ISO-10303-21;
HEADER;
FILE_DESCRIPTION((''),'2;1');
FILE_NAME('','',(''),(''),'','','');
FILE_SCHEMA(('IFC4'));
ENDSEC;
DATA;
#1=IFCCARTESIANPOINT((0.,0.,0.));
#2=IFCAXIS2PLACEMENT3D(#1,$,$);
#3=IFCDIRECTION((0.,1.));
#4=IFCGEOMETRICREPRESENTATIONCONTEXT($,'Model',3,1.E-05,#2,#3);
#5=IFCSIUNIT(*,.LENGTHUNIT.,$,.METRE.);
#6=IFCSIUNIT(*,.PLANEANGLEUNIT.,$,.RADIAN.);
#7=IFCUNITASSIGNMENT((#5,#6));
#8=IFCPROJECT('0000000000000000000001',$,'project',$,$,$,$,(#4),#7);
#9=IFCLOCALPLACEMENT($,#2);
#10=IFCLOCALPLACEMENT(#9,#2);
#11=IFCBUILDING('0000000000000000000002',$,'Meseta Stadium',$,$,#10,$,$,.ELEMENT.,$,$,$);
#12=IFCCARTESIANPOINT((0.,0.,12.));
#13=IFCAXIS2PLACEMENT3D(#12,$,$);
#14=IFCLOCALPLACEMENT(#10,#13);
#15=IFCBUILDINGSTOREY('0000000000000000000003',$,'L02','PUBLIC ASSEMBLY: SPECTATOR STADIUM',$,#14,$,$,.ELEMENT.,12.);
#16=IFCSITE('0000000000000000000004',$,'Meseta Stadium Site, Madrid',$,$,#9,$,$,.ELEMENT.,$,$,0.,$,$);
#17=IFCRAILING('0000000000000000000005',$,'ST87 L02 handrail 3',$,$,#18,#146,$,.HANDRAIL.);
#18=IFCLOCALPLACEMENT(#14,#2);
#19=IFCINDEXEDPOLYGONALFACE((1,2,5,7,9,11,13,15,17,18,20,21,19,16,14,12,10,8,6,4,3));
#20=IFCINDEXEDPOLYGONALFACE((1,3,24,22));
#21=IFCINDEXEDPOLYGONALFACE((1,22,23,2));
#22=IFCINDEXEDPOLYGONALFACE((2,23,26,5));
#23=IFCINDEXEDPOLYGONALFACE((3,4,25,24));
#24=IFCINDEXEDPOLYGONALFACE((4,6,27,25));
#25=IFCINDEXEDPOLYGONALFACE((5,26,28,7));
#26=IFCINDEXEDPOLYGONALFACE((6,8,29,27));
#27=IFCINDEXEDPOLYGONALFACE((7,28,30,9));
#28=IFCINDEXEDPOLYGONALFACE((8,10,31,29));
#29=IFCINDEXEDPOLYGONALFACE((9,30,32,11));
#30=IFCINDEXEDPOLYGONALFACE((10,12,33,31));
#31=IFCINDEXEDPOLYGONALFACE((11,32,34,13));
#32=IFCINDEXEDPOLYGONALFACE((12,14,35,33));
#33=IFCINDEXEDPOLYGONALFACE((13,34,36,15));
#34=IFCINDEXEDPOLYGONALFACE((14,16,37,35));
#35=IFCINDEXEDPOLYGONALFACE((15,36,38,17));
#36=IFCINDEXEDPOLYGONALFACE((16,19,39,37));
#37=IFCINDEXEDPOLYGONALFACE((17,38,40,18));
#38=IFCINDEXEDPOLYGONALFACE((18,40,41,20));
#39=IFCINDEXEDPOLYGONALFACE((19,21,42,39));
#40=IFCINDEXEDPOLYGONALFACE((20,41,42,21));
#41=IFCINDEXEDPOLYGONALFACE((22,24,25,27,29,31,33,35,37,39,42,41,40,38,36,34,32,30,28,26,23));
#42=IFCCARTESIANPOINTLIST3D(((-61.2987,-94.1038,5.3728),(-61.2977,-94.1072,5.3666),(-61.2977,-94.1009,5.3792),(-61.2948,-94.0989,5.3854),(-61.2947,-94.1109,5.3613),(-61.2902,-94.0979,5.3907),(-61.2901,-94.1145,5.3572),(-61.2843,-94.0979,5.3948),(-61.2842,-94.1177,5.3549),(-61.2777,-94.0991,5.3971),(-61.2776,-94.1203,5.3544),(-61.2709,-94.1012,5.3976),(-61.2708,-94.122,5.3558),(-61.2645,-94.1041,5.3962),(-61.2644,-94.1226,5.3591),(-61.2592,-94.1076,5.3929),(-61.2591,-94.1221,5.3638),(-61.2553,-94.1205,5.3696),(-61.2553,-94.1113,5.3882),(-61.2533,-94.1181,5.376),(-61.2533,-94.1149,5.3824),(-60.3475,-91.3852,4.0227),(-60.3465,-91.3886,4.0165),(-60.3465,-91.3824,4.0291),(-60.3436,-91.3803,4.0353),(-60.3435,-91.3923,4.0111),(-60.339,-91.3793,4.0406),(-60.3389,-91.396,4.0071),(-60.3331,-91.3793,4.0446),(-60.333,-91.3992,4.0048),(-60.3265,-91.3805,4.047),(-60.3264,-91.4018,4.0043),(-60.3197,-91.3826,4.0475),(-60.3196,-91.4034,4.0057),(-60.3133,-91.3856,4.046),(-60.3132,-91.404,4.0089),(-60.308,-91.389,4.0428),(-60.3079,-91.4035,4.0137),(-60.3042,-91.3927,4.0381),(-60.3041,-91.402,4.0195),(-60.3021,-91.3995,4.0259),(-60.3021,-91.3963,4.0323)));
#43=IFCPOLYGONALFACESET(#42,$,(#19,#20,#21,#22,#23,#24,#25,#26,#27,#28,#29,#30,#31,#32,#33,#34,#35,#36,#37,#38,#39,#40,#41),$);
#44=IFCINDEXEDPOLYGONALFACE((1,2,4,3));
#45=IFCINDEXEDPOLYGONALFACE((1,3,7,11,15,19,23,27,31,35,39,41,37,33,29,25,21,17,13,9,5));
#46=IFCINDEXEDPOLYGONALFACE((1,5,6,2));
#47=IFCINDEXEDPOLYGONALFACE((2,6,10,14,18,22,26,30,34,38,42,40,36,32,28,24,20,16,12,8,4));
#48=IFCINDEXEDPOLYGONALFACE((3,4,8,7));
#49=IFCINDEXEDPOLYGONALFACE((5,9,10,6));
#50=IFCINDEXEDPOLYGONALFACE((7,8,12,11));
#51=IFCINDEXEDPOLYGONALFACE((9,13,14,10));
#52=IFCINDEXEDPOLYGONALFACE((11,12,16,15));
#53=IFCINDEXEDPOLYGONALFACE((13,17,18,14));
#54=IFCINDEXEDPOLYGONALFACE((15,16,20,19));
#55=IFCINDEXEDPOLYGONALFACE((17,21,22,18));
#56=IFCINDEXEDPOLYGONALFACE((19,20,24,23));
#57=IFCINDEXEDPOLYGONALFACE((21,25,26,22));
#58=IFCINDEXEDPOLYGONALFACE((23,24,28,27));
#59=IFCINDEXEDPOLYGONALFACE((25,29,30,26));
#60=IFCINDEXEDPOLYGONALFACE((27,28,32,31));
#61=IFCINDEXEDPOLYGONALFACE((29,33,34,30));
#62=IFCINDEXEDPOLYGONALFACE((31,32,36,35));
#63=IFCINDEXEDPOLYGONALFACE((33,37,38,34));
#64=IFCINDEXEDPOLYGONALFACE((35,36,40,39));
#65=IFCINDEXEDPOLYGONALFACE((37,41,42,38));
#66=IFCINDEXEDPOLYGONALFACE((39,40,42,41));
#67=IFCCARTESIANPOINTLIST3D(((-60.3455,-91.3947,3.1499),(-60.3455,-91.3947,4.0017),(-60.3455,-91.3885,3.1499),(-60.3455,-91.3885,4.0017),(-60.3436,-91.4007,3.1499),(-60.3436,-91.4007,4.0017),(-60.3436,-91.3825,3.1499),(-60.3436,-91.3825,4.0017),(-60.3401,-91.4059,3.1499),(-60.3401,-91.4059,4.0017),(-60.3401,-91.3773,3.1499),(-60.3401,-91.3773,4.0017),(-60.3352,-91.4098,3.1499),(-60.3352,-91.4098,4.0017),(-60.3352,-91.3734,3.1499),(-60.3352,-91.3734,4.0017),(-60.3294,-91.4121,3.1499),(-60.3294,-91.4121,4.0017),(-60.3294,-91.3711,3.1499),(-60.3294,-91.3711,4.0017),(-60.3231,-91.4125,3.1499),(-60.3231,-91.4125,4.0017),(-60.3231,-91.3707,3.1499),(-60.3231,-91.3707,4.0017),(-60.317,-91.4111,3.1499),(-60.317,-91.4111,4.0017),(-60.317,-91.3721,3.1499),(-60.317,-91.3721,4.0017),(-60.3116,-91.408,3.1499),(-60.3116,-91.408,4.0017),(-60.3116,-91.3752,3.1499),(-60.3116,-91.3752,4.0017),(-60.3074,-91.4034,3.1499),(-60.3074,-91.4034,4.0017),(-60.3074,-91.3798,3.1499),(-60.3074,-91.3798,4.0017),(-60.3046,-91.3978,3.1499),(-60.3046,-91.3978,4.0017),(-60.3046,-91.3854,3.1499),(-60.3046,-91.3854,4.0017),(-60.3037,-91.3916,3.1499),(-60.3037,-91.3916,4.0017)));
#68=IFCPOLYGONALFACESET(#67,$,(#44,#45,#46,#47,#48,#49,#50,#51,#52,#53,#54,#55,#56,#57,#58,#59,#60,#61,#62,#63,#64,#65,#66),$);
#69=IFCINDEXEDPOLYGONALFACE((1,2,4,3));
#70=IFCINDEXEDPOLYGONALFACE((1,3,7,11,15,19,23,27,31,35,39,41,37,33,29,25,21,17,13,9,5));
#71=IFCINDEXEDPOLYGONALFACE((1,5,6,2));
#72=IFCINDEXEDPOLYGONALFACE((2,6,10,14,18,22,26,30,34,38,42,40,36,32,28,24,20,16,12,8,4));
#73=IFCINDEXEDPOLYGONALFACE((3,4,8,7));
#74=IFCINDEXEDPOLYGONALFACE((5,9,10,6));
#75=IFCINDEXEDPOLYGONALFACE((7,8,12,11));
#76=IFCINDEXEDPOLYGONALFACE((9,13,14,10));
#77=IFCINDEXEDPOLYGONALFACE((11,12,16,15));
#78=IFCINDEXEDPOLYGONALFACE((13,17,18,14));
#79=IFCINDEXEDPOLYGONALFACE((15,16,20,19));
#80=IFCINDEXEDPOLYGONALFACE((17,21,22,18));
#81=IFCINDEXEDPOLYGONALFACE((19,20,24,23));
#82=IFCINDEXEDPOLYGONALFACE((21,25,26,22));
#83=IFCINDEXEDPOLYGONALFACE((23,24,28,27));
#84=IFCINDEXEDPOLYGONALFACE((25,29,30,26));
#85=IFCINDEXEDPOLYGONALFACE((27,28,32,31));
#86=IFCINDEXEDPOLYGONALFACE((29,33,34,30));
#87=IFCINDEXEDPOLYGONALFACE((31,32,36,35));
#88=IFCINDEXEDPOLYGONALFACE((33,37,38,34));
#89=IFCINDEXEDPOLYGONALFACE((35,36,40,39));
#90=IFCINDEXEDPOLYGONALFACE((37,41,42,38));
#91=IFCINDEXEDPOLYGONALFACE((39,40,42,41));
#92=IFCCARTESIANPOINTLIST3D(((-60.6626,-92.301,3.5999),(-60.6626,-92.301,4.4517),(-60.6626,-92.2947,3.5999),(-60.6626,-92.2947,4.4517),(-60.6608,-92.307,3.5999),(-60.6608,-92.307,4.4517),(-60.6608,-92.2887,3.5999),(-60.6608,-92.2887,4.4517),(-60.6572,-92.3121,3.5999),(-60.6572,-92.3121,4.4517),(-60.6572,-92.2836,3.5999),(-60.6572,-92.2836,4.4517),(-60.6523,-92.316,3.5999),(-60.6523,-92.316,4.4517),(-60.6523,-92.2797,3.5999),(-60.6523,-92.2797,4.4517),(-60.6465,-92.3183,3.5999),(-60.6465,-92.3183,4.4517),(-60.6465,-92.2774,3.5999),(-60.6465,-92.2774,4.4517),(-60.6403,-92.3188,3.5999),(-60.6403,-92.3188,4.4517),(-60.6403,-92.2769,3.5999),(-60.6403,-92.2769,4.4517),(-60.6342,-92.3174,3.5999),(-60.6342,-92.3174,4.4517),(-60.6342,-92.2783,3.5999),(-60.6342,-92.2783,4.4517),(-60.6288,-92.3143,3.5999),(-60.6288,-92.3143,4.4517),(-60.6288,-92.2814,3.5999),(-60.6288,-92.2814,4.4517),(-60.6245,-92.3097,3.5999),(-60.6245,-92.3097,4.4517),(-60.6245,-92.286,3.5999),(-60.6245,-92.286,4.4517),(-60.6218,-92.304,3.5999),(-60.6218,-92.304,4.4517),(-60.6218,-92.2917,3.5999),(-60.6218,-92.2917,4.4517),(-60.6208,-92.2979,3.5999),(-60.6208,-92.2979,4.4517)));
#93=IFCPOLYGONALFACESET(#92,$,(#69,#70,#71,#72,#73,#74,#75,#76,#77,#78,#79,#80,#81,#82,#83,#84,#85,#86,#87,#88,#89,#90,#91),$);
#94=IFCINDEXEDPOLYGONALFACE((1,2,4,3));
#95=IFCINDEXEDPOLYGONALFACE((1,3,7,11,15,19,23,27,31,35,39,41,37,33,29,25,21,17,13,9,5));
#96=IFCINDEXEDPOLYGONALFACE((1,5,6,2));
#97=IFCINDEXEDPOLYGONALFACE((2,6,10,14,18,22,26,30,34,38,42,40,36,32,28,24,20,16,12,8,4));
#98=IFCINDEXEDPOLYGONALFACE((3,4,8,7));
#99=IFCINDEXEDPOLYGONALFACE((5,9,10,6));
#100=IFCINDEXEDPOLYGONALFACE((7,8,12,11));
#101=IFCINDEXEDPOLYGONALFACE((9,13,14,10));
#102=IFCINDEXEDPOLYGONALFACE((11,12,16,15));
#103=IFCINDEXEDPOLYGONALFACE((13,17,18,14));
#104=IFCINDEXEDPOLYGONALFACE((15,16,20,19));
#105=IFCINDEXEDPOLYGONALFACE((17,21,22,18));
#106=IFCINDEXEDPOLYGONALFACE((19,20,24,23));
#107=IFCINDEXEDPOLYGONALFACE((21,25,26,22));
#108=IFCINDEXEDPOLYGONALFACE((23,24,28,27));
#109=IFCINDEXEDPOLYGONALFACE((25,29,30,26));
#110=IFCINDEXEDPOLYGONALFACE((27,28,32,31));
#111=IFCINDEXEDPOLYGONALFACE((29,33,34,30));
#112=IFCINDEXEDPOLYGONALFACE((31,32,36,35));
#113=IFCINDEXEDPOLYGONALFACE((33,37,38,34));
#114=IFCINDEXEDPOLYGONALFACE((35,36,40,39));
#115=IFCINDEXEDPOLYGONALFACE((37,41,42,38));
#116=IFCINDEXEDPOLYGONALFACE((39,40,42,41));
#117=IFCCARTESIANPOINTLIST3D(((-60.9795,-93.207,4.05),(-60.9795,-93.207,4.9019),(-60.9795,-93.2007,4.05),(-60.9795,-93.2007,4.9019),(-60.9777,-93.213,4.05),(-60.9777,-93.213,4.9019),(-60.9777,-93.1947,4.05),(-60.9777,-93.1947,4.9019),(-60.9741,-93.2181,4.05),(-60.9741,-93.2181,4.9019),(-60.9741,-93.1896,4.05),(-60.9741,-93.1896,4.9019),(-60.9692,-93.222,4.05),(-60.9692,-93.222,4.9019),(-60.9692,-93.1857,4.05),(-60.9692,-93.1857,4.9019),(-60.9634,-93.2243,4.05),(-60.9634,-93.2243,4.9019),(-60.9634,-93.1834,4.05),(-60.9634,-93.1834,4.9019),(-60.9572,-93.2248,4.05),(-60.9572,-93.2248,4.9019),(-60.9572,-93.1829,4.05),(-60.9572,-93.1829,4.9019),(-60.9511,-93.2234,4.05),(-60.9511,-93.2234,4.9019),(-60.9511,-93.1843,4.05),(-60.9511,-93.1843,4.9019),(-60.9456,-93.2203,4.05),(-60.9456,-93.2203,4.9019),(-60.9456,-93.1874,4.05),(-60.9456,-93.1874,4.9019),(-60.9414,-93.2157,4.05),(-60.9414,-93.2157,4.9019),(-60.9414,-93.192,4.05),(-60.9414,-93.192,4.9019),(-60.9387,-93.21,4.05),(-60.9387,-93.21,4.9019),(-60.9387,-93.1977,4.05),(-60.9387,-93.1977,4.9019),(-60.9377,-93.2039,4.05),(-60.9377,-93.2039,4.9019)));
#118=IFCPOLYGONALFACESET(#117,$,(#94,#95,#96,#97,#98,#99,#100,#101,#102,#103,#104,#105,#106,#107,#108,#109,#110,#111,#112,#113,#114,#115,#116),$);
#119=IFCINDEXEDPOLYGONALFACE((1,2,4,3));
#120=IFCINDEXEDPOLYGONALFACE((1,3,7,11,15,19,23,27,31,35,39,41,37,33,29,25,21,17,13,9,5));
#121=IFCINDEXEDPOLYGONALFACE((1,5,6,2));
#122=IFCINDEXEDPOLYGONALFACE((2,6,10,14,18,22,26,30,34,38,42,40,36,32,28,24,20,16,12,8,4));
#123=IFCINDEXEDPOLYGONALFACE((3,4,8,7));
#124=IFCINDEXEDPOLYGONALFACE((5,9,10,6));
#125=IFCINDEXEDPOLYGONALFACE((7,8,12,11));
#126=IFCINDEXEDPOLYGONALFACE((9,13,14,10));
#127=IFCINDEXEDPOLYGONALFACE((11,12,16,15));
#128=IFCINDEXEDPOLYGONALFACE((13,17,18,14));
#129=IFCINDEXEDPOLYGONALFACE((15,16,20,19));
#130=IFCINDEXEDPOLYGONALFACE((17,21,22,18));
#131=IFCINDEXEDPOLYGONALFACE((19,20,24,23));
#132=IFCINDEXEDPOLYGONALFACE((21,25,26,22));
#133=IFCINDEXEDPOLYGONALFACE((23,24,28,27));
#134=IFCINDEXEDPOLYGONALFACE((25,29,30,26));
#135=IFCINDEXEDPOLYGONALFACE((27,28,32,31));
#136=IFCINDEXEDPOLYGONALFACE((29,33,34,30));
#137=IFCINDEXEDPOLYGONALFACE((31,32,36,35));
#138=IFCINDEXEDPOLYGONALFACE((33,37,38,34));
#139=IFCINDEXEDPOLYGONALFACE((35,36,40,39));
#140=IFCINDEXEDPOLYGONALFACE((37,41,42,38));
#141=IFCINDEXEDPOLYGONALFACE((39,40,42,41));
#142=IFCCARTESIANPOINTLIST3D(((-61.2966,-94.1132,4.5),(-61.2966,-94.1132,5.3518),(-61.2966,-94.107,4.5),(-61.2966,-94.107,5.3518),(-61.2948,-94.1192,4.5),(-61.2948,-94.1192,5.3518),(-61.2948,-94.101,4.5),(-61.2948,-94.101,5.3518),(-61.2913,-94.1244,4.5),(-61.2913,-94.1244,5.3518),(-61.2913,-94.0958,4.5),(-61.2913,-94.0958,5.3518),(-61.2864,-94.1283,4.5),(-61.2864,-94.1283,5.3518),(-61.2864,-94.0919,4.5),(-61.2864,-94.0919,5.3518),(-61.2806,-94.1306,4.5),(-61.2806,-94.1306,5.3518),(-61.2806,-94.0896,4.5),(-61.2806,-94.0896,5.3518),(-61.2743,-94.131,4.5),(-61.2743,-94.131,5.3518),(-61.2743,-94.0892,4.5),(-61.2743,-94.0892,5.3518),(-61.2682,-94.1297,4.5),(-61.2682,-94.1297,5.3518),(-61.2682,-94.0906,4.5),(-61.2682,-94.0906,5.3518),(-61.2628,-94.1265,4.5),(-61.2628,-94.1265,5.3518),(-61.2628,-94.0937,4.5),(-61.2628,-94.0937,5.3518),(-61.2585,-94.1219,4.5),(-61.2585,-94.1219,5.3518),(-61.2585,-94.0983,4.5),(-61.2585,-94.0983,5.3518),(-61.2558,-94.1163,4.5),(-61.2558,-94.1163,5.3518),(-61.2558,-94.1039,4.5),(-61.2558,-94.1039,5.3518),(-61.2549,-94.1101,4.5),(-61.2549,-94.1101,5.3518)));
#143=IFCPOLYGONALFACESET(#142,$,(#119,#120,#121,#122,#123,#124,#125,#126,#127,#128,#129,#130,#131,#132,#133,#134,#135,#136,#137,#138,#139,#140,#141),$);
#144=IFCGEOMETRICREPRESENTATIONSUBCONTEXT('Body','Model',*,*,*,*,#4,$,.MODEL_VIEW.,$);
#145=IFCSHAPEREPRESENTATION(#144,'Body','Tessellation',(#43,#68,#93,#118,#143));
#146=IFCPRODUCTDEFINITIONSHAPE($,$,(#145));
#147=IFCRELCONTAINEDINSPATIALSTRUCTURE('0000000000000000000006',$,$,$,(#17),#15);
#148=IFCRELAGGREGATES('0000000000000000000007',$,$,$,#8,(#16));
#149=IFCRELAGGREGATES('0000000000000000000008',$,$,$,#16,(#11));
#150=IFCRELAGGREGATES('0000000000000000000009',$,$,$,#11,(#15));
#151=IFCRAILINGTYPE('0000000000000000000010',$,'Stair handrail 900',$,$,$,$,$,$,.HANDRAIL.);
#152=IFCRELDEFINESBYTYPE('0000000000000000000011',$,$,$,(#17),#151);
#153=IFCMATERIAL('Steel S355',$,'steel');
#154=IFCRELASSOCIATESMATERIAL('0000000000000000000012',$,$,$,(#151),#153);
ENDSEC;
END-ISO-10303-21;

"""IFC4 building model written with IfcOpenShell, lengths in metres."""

from ifc_helpers import new_model, si_unit, direction, frame, origin, origin_2d, place, context, subcontext, project, spatial, circle, extrude, material, type_object, element, save


model = new_model("IFC4")

# Units and contexts
model_context = context("Model", 3, precision=1e-05, world=origin(), true_north=direction((0.0, 1.0)))
body_context = subcontext(model_context, "Body", "Model", "MODEL_VIEW")
ifc_project = project(units=[si_unit("LENGTHUNIT", "METRE"), si_unit("PLANEANGLEUNIT", "RADIAN")], contexts=[model_context])

# Site, building, storey
site_placement = place(None, origin())
site = spatial("IfcSite", under=ifc_project, at=site_placement, Name="Meseta Stadium Site, Madrid", CompositionType="ELEMENT", RefElevation=0.0)
building_placement = place(site_placement, origin())
building = spatial("IfcBuilding", under=site, at=building_placement, Name="Meseta Stadium", CompositionType="ELEMENT")
storey_placement = place(building_placement, frame((0.0, 0.0, 12.0)))
storey = spatial("IfcBuildingStorey", under=building, at=storey_placement, Name="L02", Description="PUBLIC ASSEMBLY: SPECTATOR STADIUM", CompositionType="ELEMENT", Elevation=12.0)

# Railing
ifc_material_1 = material(Name="Steel S355", Category="steel")
railing_type_1 = type_object("IfcRailingType", Name="Stair handrail 900", PredefinedType="HANDRAIL", material=ifc_material_1)
for number, where, name in (
    (1, (-60.3247, -91.3916, 3.1499), "ST87 L02 handrail 3"),
):
    element("IfcRailing", number, at=place(storey_placement, frame(where)), inside=storey, type_object=railing_type_1, Name=name, PredefinedType="HANDRAIL", context=body_context, shape_type="SweptSolid", body=[
        extrude(circle(Radius=0.0239, at=origin_2d()), frame((0.0, 0.0, 0.876), z_axis=(-0.299031, -0.854649, 0.424446), x_axis=(0.943891, -0.330256, 0.0)), (0.0, 0.0, 1.0), 3.1809),
        extrude(circle(Radius=0.021, at=origin_2d()), origin(), (0.0, 0.0, 1.0), 0.8518),
        extrude(circle(Radius=0.021, at=origin_2d()), frame((-0.3171, -0.9062, 0.45)), (0.0, 0.0, 1.0), 0.8518),
        extrude(circle(Radius=0.021, at=origin_2d()), frame((-0.634, -1.8123, 0.9001)), (0.0, 0.0, 1.0), 0.8518),
        extrude(circle(Radius=0.021, at=origin_2d()), frame((-0.9512, -2.7185, 1.3501)), (0.0, 0.0, 1.0), 0.8518),
    ])

save(model, "model.ifc")
